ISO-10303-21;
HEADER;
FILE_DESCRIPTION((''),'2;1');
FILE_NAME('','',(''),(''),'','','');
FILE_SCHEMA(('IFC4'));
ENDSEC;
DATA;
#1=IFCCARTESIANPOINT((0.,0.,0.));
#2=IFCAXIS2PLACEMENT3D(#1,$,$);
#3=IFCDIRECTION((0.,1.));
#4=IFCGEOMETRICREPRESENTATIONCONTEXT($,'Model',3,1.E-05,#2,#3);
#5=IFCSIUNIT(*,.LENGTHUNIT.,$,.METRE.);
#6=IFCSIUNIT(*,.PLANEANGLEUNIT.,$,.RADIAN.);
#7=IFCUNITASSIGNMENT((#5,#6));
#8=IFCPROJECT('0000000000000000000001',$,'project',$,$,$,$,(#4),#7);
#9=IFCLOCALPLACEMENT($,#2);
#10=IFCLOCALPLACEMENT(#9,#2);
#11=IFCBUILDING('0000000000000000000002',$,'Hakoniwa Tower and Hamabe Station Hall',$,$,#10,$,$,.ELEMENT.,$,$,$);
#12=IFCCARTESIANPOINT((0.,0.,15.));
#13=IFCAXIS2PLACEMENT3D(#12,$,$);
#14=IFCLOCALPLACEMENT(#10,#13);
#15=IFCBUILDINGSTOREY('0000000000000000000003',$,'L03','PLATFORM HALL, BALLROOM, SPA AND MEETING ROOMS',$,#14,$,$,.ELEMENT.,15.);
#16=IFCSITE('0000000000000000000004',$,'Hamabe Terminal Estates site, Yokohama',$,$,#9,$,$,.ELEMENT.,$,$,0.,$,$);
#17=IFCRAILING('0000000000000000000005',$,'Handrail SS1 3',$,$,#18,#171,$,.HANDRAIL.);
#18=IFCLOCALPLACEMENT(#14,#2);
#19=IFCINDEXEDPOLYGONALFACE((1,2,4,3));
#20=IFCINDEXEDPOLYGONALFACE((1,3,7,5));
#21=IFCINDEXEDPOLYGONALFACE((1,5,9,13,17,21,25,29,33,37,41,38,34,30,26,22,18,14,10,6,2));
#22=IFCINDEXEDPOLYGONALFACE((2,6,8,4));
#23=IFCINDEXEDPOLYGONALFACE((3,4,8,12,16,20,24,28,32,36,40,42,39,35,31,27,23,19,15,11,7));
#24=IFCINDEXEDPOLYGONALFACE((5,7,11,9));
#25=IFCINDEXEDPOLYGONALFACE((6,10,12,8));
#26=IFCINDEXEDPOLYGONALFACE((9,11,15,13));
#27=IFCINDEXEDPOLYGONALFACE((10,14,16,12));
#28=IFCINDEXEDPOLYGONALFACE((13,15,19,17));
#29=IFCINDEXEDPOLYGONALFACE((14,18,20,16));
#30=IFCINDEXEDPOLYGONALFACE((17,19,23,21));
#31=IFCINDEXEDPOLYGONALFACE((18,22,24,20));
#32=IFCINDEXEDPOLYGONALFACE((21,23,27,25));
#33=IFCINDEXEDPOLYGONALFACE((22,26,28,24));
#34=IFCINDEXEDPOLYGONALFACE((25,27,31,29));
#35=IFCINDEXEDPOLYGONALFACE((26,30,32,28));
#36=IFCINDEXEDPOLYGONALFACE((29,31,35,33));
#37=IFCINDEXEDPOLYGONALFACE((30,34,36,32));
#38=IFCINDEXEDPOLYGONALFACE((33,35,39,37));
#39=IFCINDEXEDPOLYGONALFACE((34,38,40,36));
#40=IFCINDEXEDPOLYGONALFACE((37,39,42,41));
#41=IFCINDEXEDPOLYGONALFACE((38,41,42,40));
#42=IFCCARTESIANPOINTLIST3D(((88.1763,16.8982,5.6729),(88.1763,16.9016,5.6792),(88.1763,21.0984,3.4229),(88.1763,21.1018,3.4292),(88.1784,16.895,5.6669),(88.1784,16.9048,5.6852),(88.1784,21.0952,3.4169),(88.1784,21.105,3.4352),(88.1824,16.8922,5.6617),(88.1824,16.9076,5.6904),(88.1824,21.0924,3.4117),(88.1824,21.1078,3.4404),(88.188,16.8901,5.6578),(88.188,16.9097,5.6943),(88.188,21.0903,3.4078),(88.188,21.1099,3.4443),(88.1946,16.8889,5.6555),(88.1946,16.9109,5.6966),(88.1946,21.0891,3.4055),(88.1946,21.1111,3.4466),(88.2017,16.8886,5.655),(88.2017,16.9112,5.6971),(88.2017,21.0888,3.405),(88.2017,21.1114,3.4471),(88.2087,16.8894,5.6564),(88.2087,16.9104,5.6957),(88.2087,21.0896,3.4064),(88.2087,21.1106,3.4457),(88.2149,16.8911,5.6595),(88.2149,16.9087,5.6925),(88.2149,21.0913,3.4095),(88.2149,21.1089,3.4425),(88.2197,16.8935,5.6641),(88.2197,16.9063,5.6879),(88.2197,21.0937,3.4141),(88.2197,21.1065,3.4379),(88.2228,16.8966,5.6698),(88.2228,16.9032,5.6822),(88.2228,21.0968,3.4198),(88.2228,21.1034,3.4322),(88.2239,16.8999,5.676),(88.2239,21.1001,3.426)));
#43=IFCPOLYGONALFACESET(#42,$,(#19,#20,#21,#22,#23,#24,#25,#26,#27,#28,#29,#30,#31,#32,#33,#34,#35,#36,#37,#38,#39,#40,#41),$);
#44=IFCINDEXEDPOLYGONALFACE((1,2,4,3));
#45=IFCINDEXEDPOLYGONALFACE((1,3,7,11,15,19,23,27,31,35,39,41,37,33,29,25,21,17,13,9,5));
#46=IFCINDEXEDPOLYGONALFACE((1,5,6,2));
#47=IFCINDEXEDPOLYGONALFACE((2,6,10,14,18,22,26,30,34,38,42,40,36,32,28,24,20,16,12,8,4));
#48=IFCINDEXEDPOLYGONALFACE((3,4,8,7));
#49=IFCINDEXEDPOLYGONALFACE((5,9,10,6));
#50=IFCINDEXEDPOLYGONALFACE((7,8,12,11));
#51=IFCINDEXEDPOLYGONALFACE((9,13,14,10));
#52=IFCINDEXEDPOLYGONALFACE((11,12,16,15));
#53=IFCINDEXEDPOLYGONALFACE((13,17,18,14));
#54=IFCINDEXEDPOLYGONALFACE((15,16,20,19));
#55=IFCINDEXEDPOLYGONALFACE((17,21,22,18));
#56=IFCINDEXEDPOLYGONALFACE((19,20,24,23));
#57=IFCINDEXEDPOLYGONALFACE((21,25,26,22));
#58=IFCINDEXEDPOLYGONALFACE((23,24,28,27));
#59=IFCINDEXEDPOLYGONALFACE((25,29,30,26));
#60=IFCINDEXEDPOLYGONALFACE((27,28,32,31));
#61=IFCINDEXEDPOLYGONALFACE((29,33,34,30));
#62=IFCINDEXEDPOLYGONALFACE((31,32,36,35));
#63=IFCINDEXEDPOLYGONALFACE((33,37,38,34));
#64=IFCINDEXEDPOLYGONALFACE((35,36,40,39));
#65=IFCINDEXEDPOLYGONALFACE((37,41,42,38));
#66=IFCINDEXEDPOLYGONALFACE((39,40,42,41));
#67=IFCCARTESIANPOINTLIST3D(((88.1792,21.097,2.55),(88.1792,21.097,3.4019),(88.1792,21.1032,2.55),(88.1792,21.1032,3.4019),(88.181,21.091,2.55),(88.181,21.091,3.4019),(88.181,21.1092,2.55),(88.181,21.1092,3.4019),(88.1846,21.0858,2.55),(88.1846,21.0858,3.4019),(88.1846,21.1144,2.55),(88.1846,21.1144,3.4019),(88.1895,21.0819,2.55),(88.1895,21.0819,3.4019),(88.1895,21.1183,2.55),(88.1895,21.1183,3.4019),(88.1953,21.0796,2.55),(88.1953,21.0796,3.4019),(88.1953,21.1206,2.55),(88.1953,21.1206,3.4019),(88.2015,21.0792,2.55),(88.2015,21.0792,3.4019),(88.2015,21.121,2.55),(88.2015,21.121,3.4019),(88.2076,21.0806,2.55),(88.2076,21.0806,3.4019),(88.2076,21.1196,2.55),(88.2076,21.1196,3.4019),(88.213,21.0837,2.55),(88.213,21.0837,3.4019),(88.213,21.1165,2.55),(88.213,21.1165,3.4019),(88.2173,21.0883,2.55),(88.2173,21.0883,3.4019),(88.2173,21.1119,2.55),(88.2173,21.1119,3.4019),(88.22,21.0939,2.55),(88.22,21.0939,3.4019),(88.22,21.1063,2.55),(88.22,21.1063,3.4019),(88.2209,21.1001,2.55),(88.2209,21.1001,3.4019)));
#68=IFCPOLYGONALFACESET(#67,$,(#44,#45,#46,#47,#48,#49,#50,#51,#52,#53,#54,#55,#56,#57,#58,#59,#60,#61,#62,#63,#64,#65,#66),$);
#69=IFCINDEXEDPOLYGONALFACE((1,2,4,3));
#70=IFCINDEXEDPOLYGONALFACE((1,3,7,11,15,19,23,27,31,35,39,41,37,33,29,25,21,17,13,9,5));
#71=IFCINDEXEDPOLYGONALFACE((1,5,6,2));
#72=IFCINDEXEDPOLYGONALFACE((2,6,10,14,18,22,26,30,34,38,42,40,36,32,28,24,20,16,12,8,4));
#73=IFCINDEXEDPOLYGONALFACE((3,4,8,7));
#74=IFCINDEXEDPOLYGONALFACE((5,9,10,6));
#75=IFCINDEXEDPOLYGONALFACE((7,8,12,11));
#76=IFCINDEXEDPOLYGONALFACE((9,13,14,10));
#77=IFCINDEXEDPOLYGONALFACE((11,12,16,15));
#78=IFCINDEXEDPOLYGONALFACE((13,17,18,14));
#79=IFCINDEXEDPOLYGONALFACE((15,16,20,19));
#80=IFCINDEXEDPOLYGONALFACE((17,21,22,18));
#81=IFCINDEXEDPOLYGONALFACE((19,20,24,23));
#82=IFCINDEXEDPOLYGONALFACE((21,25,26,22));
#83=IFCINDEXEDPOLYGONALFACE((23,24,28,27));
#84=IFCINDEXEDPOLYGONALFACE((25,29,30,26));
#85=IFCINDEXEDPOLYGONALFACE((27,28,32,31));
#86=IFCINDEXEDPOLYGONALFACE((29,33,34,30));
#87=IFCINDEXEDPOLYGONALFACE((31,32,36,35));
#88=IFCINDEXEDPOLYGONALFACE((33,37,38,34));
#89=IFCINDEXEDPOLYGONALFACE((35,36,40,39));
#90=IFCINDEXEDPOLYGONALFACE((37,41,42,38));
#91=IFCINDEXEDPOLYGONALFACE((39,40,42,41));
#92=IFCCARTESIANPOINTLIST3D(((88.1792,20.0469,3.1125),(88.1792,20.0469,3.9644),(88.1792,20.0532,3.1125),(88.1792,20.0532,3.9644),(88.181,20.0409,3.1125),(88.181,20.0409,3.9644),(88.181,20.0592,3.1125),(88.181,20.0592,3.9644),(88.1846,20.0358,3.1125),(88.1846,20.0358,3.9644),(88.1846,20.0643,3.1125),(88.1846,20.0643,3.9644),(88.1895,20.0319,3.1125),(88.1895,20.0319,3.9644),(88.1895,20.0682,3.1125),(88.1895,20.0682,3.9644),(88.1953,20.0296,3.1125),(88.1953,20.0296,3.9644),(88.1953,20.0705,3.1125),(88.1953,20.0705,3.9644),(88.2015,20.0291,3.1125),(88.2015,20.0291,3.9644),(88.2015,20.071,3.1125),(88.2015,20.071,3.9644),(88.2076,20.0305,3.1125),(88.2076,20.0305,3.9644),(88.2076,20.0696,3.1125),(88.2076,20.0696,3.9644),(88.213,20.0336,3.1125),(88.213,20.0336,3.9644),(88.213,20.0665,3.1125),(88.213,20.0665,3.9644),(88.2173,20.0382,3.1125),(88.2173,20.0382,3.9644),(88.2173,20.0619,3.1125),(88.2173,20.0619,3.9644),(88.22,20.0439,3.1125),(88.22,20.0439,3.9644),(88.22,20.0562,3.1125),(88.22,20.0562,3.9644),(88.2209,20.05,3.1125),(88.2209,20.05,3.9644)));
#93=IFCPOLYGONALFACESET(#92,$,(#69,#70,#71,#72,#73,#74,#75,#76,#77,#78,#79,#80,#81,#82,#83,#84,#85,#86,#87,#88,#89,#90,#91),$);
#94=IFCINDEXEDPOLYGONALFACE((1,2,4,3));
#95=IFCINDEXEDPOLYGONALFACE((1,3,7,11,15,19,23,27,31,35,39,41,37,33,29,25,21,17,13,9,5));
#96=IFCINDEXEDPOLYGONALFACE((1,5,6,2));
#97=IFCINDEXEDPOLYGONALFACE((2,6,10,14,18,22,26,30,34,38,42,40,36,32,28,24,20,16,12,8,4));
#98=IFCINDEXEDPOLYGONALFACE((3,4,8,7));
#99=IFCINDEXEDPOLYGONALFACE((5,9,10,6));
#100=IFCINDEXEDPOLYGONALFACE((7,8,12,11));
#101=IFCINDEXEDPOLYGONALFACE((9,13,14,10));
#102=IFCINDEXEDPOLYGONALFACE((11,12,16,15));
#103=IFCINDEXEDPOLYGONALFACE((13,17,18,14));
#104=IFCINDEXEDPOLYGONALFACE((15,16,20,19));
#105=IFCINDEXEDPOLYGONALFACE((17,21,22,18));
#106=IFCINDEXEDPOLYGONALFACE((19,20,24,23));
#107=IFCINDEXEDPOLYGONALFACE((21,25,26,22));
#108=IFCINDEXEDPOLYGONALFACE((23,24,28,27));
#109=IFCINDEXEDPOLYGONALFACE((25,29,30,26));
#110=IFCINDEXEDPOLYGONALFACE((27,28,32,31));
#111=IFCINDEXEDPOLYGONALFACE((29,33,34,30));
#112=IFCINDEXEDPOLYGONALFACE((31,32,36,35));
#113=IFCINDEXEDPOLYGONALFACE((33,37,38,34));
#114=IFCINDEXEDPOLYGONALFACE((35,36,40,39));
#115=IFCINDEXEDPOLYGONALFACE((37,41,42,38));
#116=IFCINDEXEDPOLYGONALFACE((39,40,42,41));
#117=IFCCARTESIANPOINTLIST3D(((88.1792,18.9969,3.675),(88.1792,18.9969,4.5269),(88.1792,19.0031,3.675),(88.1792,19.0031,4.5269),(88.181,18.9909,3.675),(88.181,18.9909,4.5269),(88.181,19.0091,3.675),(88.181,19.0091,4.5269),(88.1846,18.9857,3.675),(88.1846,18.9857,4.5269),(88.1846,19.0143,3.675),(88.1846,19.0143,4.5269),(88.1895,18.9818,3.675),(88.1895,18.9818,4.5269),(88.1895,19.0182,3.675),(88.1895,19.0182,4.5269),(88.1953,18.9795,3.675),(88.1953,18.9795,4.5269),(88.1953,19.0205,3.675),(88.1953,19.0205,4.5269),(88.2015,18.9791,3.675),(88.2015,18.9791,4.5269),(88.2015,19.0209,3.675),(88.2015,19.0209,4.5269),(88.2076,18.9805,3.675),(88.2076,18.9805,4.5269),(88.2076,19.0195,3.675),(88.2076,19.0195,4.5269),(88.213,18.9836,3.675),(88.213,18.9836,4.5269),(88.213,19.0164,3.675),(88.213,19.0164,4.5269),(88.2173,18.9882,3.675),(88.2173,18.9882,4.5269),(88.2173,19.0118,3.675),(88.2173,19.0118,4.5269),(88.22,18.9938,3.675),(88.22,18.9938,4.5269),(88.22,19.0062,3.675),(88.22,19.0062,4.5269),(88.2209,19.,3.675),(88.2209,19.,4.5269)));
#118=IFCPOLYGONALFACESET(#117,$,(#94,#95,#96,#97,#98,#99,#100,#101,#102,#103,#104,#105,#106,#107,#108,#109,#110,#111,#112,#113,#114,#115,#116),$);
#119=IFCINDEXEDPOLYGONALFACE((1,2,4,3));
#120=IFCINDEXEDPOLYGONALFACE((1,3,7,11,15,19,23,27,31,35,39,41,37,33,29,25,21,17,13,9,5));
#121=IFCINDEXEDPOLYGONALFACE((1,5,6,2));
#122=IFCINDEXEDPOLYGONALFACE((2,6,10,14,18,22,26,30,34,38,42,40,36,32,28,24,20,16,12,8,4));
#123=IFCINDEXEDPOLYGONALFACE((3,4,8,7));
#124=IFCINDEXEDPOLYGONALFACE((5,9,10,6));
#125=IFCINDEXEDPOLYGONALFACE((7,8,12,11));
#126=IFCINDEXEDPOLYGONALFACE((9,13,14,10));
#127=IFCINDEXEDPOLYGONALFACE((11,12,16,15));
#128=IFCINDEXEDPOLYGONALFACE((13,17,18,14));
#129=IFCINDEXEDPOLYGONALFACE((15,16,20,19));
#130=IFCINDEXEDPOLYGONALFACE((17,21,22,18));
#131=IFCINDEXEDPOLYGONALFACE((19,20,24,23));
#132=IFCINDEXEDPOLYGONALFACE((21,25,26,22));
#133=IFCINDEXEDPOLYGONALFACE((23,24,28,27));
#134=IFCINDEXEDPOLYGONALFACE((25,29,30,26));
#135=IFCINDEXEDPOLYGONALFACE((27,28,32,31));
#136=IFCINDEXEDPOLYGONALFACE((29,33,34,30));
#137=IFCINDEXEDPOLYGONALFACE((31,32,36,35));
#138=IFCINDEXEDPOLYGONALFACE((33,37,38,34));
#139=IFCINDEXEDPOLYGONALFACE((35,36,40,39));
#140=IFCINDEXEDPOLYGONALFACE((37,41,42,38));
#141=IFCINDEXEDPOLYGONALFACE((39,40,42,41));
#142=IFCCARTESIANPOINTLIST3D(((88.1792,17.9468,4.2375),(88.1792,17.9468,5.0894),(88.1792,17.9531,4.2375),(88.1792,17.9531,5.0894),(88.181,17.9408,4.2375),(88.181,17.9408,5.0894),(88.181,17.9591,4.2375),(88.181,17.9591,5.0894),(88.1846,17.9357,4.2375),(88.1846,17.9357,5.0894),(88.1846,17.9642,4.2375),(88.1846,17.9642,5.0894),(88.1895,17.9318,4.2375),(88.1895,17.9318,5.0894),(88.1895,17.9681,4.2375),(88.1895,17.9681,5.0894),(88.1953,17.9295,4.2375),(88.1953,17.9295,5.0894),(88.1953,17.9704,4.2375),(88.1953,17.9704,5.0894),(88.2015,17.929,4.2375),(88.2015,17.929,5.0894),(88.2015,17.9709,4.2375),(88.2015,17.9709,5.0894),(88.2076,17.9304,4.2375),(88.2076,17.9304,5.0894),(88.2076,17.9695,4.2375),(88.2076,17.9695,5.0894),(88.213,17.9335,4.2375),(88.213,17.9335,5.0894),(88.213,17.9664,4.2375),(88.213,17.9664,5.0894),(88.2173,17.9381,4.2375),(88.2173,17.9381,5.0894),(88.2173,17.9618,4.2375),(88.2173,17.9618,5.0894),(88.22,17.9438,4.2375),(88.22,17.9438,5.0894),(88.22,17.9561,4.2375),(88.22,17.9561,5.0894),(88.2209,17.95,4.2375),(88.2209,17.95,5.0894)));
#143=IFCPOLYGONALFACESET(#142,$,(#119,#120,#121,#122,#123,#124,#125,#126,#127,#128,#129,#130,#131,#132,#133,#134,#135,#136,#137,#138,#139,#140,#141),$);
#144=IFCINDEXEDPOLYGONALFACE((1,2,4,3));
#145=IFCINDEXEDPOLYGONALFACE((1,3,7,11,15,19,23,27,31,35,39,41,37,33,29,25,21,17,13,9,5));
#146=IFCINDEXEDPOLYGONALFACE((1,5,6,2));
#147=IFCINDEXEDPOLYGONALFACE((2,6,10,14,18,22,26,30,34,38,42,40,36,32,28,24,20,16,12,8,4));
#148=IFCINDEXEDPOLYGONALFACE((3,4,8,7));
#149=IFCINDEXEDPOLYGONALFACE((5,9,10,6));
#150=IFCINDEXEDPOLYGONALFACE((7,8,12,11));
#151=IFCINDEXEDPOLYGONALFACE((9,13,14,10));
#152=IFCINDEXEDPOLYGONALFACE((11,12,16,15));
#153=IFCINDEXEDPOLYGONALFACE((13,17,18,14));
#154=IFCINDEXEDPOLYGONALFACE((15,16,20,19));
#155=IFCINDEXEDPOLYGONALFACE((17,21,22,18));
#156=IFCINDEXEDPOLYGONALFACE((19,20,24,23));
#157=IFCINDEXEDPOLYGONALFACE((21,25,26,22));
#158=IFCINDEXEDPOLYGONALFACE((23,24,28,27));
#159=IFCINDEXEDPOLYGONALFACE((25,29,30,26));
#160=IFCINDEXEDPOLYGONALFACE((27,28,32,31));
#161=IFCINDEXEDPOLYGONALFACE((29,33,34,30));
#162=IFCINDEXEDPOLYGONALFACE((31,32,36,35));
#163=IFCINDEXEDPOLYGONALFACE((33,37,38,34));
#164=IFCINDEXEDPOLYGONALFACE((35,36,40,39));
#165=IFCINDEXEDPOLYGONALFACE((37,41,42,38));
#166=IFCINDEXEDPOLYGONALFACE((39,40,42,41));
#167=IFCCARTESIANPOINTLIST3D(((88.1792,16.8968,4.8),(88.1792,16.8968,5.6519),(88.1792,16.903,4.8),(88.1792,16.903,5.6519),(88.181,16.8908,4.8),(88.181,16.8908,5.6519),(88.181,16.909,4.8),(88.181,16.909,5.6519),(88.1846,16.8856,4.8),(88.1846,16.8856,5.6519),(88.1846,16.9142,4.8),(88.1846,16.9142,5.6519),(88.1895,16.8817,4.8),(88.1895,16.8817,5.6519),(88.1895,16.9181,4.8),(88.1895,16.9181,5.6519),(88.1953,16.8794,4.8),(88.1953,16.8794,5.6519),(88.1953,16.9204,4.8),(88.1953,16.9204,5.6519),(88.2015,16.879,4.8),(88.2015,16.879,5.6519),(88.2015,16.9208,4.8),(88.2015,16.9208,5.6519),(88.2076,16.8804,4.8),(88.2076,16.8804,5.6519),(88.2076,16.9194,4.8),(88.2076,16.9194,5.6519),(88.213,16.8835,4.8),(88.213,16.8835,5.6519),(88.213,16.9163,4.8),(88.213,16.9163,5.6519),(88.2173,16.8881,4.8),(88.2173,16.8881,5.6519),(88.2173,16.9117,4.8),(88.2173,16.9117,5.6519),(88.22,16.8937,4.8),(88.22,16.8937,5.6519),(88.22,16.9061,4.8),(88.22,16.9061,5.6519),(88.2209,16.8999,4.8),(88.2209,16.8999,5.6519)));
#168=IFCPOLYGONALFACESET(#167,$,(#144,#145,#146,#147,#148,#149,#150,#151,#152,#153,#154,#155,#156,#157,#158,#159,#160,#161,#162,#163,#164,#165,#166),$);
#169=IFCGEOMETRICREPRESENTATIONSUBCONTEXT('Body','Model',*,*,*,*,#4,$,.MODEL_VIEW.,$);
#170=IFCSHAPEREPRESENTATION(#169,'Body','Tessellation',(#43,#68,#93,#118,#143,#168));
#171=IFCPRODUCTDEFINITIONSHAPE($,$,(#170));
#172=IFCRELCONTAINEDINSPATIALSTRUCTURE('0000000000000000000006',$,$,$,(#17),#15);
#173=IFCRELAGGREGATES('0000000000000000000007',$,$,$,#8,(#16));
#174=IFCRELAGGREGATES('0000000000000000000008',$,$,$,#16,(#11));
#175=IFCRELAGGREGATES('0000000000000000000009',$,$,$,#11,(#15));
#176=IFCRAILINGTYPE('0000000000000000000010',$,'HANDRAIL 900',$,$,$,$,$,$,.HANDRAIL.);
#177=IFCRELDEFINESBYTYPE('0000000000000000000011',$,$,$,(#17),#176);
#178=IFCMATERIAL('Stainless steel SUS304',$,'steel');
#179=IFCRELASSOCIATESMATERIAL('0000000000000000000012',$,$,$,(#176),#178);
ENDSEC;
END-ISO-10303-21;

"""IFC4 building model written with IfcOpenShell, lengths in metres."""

from ifc_helpers import new_model, si_unit, direction, frame, origin, origin_2d, place, context, subcontext, project, spatial, circle, extrude, material, type_object, element, save


model = new_model("IFC4")

# Units and contexts
model_context = context("Model", 3, precision=1e-05, world=origin(), true_north=direction((0.0, 1.0)))
body_context = subcontext(model_context, "Body", "Model", "MODEL_VIEW")
ifc_project = project(units=[si_unit("LENGTHUNIT", "METRE"), si_unit("PLANEANGLEUNIT", "RADIAN")], contexts=[model_context])

# Site, building, storey
site_placement = place(None, origin())
site = spatial("IfcSite", under=ifc_project, at=site_placement, Name="Hamabe Terminal Estates site, Yokohama", CompositionType="ELEMENT", RefElevation=0.0)
building_placement = place(site_placement, origin())
building = spatial("IfcBuilding", under=site, at=building_placement, Name="Hakoniwa Tower and Hamabe Station Hall", CompositionType="ELEMENT")
storey_placement = place(building_placement, frame((0.0, 0.0, 15.0)))
storey = spatial("IfcBuildingStorey", under=building, at=storey_placement, Name="L03", Description="PLATFORM HALL, BALLROOM, SPA AND MEETING ROOMS", CompositionType="ELEMENT", Elevation=15.0)

# Railing
ifc_material_1 = material(Name="Stainless steel SUS304", Category="steel")
railing_type_1 = type_object("IfcRailingType", Name="HANDRAIL 900", PredefinedType="HANDRAIL", material=ifc_material_1)
for number, where, name in (
    (1, (88.2, 21.1001, 2.55), "Handrail SS1 3"),
):
    element("IfcRailing", number, at=place(storey_placement, frame(where)), inside=storey, type_object=railing_type_1, Name=name, PredefinedType="HANDRAIL", context=body_context, shape_type="SweptSolid", body=[
        extrude(circle(Radius=0.0239, at=origin_2d()), frame((0.0, 0.0, 0.876), z_axis=(0.0, -0.881489, 0.472204), x_axis=(1.0, 0.0, 0.0)), (0.0, 0.0, 1.0), 4.7649),
        extrude(circle(Radius=0.021, at=origin_2d()), origin(), (0.0, 0.0, 1.0), 0.8518),
        extrude(circle(Radius=0.021, at=origin_2d()), frame((0.0, -1.05, 0.5625)), (0.0, 0.0, 1.0), 0.8518),
        extrude(circle(Radius=0.021, at=origin_2d()), frame((0.0, -2.1001, 1.125)), (0.0, 0.0, 1.0), 0.8518),
        extrude(circle(Radius=0.021, at=origin_2d()), frame((0.0, -3.1501, 1.6875)), (0.0, 0.0, 1.0), 0.8518),
        extrude(circle(Radius=0.021, at=origin_2d()), frame((0.0, -4.2002, 2.25)), (0.0, 0.0, 1.0), 0.8518),
    ])

save(model, "model.ifc")
